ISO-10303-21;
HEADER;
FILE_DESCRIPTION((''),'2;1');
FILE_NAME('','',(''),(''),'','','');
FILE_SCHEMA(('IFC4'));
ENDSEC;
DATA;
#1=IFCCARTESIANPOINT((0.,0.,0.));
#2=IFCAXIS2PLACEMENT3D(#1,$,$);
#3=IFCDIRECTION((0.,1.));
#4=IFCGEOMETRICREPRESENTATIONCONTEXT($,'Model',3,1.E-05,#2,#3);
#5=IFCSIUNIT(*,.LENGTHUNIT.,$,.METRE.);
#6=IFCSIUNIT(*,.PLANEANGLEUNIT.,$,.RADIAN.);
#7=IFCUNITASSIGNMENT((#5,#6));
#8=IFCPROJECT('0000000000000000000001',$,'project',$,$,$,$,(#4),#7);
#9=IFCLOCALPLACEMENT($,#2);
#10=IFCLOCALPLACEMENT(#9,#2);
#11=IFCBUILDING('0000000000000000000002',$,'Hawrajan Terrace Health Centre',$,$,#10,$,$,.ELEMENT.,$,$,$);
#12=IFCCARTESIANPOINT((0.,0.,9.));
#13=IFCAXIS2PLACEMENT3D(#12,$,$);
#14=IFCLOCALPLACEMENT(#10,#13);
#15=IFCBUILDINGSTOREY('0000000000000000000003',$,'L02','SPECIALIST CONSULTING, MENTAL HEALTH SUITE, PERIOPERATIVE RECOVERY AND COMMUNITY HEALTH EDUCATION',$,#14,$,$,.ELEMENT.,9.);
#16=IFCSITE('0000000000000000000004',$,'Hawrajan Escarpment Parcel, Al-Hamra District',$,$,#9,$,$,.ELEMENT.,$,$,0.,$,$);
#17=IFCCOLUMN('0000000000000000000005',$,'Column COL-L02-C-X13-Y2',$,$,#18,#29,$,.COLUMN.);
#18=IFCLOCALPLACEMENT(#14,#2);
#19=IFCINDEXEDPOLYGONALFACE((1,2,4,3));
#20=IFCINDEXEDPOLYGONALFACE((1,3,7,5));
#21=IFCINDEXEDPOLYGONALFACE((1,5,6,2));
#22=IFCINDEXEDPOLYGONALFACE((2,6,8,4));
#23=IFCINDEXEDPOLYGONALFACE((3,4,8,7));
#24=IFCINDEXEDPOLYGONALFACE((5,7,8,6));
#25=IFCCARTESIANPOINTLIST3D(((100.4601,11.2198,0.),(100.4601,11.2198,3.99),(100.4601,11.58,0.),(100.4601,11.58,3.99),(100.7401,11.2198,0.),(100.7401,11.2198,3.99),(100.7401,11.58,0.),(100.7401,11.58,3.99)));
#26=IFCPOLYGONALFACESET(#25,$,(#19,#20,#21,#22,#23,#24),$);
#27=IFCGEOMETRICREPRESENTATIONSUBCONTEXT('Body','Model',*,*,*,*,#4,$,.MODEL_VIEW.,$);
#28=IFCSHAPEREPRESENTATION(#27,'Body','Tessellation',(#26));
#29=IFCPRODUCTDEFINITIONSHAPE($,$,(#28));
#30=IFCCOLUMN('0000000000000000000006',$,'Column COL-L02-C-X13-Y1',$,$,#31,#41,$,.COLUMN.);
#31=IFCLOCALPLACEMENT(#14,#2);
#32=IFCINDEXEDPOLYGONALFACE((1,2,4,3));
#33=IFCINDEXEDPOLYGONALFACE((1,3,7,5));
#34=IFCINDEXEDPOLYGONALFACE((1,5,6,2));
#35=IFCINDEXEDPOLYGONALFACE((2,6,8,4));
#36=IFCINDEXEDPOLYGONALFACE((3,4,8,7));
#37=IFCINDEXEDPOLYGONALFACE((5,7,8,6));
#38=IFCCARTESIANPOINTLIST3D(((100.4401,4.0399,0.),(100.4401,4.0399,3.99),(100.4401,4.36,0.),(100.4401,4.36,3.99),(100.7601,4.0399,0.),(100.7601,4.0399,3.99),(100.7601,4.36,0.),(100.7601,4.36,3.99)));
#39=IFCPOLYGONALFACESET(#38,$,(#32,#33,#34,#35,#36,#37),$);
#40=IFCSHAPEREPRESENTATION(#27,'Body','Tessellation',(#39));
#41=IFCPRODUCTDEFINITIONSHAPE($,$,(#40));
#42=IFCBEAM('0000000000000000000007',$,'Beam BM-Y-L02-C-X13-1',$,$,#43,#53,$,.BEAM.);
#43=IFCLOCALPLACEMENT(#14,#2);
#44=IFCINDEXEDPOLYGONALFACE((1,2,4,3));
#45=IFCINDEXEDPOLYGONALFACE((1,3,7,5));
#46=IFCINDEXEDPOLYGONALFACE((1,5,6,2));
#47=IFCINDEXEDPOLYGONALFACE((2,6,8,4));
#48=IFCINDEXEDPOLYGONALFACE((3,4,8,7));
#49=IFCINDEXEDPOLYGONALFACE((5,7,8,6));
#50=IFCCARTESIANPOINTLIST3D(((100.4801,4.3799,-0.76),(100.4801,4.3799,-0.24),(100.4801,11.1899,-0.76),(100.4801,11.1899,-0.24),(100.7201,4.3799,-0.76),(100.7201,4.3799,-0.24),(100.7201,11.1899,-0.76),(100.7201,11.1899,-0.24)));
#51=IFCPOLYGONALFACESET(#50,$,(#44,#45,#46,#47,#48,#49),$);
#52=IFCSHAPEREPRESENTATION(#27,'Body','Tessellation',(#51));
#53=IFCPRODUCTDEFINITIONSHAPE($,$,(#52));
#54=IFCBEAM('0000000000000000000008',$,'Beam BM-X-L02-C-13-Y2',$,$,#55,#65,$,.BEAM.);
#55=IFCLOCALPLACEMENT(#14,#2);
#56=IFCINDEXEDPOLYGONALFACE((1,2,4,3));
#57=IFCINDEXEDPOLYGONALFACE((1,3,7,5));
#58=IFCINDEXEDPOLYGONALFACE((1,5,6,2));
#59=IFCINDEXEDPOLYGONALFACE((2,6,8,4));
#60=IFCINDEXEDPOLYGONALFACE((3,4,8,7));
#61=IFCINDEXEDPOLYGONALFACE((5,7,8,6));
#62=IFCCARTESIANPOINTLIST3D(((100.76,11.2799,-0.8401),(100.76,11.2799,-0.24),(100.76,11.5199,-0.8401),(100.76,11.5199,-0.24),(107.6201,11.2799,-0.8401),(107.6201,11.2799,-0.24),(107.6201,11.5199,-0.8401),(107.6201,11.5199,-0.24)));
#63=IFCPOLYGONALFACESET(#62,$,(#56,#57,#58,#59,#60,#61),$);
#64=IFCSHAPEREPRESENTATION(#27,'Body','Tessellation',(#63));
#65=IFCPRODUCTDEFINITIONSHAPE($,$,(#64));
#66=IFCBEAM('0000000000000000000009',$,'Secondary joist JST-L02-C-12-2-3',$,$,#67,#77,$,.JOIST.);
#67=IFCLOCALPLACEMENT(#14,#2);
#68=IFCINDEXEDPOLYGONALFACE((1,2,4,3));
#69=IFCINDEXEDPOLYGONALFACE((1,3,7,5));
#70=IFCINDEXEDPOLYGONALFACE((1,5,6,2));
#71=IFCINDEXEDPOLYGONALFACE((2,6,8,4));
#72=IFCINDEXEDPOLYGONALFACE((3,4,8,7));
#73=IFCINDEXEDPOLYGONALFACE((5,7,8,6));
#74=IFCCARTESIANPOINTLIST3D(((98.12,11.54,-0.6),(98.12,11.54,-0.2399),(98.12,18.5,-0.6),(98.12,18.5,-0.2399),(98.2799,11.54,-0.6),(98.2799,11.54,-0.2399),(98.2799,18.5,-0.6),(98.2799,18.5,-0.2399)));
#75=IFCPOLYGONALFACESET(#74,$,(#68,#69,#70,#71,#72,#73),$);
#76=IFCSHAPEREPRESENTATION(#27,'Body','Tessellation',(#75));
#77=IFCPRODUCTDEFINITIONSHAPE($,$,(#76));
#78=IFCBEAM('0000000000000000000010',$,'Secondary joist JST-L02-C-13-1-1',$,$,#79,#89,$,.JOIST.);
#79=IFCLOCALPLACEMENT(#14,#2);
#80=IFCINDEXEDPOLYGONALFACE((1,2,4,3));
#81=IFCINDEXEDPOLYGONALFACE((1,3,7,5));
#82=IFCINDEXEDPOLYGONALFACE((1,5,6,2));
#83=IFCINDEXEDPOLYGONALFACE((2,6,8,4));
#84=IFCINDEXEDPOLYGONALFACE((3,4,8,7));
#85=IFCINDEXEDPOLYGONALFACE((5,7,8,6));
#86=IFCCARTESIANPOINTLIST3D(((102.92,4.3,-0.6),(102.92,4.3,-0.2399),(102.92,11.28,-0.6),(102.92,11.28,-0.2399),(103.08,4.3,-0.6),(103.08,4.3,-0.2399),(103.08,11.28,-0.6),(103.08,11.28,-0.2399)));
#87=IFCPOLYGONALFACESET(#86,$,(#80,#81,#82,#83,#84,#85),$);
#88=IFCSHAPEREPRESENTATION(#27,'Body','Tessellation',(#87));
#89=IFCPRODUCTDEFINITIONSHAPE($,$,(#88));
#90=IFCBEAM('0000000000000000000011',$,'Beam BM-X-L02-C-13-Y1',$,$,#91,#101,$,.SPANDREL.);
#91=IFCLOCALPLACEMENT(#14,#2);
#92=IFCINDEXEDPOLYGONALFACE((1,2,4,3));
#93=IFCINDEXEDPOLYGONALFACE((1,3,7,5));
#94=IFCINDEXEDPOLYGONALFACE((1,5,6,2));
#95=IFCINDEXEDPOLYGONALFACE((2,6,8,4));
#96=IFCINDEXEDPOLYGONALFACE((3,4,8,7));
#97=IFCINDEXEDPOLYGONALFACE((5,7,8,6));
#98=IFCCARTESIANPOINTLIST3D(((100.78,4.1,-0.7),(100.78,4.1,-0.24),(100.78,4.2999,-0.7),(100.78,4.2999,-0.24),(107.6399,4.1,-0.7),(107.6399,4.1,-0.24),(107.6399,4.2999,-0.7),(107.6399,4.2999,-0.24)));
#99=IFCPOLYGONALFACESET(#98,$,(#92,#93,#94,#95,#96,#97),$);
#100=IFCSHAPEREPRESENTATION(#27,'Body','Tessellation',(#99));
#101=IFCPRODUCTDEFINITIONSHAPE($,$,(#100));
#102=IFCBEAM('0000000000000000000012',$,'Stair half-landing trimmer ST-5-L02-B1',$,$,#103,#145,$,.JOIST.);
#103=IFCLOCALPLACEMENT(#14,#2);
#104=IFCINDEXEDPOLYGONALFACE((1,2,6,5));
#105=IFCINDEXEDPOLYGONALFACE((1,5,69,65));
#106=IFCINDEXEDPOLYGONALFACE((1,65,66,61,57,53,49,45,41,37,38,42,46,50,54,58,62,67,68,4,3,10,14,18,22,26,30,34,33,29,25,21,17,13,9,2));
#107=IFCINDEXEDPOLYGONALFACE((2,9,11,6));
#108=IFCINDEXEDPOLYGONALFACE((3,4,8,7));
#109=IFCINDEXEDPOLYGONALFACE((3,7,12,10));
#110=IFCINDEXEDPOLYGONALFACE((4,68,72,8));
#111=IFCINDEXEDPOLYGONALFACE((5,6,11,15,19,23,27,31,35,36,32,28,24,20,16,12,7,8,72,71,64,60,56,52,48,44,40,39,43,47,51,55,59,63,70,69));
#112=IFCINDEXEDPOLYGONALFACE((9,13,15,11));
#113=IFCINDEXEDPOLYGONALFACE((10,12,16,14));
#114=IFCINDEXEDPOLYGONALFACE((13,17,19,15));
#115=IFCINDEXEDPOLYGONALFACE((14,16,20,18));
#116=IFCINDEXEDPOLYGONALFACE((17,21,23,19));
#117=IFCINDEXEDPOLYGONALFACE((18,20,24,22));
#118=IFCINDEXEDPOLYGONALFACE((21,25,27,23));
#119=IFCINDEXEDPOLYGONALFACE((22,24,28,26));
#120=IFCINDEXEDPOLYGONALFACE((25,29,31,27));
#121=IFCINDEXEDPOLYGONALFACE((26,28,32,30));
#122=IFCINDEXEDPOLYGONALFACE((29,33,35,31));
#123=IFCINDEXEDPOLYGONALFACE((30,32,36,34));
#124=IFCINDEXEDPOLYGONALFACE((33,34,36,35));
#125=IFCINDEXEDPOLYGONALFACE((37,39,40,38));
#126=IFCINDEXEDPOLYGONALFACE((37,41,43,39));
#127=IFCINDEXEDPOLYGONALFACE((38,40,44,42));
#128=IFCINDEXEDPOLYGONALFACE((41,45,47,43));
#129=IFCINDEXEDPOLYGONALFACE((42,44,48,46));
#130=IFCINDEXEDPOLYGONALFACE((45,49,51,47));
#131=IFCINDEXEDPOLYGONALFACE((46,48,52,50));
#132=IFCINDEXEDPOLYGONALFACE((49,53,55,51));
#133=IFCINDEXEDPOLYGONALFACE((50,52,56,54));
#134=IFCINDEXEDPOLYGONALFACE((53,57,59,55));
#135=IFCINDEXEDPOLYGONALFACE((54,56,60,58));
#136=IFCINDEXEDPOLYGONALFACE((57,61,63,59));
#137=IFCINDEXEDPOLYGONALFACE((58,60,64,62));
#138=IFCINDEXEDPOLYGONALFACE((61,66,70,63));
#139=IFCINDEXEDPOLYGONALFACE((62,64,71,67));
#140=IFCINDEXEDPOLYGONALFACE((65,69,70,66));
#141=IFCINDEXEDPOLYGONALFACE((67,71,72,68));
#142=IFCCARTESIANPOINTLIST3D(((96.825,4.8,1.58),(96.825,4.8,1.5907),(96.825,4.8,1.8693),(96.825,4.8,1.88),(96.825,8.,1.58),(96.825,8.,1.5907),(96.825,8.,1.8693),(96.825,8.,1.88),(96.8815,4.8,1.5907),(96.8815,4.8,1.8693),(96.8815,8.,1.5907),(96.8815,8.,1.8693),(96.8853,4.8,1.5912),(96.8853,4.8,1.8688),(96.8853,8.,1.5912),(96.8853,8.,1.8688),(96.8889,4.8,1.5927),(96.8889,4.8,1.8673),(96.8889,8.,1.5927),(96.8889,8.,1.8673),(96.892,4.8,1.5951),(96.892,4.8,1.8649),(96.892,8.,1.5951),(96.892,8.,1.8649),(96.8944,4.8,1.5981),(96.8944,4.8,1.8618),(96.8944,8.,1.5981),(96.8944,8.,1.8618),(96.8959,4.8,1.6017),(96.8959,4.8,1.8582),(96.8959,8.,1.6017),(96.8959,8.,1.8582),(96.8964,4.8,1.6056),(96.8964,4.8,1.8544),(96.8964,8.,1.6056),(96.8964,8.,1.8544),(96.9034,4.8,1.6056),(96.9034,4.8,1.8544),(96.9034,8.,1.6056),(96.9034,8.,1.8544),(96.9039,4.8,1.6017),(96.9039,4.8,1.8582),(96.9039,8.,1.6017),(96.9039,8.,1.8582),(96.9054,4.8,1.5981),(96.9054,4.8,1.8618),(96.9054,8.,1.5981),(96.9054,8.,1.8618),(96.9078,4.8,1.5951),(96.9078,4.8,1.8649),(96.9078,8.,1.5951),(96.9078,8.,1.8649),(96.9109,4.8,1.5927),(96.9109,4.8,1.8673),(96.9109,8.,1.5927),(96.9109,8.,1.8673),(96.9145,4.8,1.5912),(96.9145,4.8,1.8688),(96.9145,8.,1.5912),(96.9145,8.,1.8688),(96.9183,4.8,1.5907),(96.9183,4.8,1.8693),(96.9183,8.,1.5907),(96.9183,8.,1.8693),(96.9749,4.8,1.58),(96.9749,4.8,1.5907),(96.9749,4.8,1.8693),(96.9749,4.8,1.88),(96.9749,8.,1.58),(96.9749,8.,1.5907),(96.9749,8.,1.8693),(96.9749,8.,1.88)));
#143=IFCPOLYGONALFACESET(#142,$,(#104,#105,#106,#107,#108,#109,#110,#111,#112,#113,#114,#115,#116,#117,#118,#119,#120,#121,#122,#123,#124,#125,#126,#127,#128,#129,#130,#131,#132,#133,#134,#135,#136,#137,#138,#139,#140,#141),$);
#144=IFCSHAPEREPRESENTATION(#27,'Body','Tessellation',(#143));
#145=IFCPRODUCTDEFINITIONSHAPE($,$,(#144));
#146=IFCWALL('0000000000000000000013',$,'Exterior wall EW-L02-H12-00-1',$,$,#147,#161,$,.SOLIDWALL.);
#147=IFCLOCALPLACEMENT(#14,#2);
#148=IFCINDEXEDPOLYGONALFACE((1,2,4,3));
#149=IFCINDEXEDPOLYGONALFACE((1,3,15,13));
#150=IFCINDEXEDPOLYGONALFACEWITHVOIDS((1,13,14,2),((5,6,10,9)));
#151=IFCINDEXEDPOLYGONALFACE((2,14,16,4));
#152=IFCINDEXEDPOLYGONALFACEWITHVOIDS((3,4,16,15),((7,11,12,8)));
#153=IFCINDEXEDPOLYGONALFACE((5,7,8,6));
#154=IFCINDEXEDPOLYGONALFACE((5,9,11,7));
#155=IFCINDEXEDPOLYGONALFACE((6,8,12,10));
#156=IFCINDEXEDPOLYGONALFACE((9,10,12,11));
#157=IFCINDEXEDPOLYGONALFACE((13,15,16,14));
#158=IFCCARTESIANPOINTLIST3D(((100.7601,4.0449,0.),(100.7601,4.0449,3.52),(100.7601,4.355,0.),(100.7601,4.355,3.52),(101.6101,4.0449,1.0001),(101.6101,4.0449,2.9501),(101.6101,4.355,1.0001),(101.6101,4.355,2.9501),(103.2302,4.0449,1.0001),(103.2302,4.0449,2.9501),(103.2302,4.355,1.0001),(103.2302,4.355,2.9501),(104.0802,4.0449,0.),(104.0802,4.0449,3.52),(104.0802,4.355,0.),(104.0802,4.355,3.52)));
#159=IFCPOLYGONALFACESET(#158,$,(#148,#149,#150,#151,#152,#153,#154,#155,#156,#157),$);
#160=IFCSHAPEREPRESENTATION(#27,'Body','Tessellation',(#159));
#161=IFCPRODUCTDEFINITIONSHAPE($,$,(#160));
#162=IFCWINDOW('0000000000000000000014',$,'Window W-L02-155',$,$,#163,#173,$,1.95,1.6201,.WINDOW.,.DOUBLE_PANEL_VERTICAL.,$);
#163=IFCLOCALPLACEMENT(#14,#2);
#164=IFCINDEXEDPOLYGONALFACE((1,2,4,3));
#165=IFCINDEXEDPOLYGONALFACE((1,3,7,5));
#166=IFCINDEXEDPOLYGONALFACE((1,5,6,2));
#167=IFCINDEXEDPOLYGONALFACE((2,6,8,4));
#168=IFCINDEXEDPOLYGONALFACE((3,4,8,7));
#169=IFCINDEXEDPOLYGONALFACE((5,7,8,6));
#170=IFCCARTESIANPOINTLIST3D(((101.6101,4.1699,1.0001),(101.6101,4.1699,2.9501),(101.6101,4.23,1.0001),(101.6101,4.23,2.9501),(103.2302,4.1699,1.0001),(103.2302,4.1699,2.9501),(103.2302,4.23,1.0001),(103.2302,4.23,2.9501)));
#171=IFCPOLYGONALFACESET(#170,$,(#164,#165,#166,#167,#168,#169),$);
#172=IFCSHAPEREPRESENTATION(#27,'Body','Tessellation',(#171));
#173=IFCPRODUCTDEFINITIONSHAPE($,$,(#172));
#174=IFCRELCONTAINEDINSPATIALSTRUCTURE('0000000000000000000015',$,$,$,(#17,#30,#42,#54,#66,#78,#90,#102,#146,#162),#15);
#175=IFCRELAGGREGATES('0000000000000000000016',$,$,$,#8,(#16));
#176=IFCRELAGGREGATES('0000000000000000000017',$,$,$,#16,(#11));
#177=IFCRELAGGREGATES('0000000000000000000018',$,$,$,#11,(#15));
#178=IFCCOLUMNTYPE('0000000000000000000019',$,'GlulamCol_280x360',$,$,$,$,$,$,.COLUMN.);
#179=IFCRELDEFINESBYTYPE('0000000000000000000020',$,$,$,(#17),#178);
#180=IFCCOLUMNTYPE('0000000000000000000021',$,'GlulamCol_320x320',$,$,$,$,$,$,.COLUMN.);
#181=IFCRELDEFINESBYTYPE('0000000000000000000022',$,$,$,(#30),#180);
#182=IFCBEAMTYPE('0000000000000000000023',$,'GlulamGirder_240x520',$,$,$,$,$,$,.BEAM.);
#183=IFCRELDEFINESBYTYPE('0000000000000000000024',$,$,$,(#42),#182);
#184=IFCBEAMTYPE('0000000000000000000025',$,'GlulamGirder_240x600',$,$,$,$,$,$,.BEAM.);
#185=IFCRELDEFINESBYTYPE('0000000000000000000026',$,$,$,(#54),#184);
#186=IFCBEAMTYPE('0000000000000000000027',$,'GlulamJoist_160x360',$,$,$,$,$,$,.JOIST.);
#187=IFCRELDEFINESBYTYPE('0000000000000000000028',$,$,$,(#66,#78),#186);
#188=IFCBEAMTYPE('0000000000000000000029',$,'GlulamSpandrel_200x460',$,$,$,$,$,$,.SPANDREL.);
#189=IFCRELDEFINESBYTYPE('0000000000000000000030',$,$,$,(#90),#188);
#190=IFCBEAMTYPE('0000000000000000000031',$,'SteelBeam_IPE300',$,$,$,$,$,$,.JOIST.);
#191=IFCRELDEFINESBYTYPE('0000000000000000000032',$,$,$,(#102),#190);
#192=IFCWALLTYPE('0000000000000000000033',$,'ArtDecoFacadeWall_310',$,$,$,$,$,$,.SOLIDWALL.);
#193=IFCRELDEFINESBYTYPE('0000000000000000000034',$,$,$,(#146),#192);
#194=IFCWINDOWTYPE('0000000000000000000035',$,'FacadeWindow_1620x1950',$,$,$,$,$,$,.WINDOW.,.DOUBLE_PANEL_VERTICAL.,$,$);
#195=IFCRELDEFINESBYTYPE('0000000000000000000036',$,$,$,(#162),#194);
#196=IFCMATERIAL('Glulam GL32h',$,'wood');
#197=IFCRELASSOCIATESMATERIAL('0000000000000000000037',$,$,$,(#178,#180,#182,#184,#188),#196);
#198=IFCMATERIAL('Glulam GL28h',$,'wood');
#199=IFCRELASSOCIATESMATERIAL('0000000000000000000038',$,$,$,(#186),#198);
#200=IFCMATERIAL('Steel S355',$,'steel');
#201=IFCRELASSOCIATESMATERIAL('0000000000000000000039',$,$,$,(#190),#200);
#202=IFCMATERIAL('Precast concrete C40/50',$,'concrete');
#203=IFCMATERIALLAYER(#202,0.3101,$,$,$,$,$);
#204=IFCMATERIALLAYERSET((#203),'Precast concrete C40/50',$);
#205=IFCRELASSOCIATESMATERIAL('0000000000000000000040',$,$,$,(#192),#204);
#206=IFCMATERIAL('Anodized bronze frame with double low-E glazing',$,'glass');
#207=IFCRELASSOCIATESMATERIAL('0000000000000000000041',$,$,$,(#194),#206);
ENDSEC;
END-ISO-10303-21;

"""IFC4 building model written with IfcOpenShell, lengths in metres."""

from ifc_helpers import new_model, si_unit, direction, frame, frame_2d, origin, origin_2d, place, context, subcontext, project, spatial, rectangle, i_section, extrude, material, layer, layer_set, material_profile, profile_set, type_object, element, fill, save


model = new_model("IFC4")

# Units and contexts
model_context = context("Model", 3, precision=1e-05, world=origin(), true_north=direction((0.0, 1.0)))
body_context = subcontext(model_context, "Body", "Model", "MODEL_VIEW")
ifc_project = project(units=[si_unit("LENGTHUNIT", "METRE"), si_unit("PLANEANGLEUNIT", "RADIAN")], contexts=[model_context])

# Site, building, storey
site_placement = place(None, origin())
site = spatial("IfcSite", under=ifc_project, at=site_placement, Name="Hawrajan Escarpment Parcel, Al-Hamra District", CompositionType="ELEMENT", RefElevation=0.0)
building_placement = place(site_placement, origin())
building = spatial("IfcBuilding", under=site, at=building_placement, Name="Hawrajan Terrace Health Centre", CompositionType="ELEMENT")
storey_placement = place(building_placement, frame((0.0, 0.0, 9.0)))
storey = spatial("IfcBuildingStorey", under=building, at=storey_placement, Name="L02", Description="SPECIALIST CONSULTING, MENTAL HEALTH SUITE, PERIOPERATIVE RECOVERY AND COMMUNITY HEALTH EDUCATION", CompositionType="ELEMENT", Elevation=9.0)

# Columns
ifc_material_1 = material(Name="Glulam GL32h", Category="wood")
ifc_material_profile_1 = material_profile(ifc_material_1, rectangle(XDim=0.28, YDim=0.3601, at=origin_2d()), Name="GL 280x360")
ifc_profile_set_1 = profile_set([ifc_material_profile_1], Name="Glulam GL32h")
column_type_1 = type_object("IfcColumnType", Name="GlulamCol_280x360", PredefinedType="COLUMN", material=ifc_profile_set_1)
column_1_placement = place(storey_placement, frame((100.6001, 11.3999, 0.0), z_axis=(0.0, 0.0, 1.0), x_axis=(1.0, 0.0, 0.0)))
element("IfcColumn", 1, at=column_1_placement, inside=storey, type_object=column_type_1, Name="Column COL-L02-C-X13-Y2", PredefinedType="COLUMN", context=body_context, shape_type="SweptSolid", body=[
    extrude(rectangle(XDim=0.28, YDim=0.3601, at=origin_2d()), origin(), (0.0, 0.0, 1.0), 3.99),
])
ifc_material_profile_2 = material_profile(ifc_material_1, rectangle(XDim=0.3201, YDim=0.3201, at=origin_2d()), Name="GL 320x320")
ifc_profile_set_2 = profile_set([ifc_material_profile_2], Name="Glulam GL32h")
column_type_2 = type_object("IfcColumnType", Name="GlulamCol_320x320", PredefinedType="COLUMN", material=ifc_profile_set_2)
column_2_placement = place(storey_placement, frame((100.6001, 4.2, 0.0), z_axis=(0.0, 0.0, 1.0), x_axis=(1.0, 0.0, 0.0)))
element("IfcColumn", 2, at=column_2_placement, inside=storey, type_object=column_type_2, Name="Column COL-L02-C-X13-Y1", PredefinedType="COLUMN", context=body_context, shape_type="SweptSolid", body=[
    extrude(rectangle(XDim=0.3201, YDim=0.3201, at=origin_2d()), origin(), (0.0, 0.0, 1.0), 3.99),
])

# Beams
ifc_material_profile_3 = material_profile(ifc_material_1, rectangle(XDim=0.24, YDim=0.52, at=origin_2d()), Name="GL BM 240x520")
ifc_profile_set_3 = profile_set([ifc_material_profile_3], Name="Glulam GL32h")
beam_type_1 = type_object("IfcBeamType", Name="GlulamGirder_240x520", PredefinedType="BEAM", material=ifc_profile_set_3)
beam_1_placement = place(storey_placement, frame((100.6001, 4.3799, -0.5), z_axis=(0.0, 1.0, 0.0), x_axis=(-1.0, 0.0, 0.0)))
element("IfcBeam", 3, at=beam_1_placement, inside=storey, type_object=beam_type_1, Name="Beam BM-Y-L02-C-X13-1", PredefinedType="BEAM", context=body_context, shape_type="SweptSolid", body=[
    extrude(rectangle(XDim=0.24, YDim=0.52, at=origin_2d()), origin(), (0.0, 0.0, 1.0), 6.8101),
])
ifc_material_profile_4 = material_profile(ifc_material_1, rectangle(XDim=0.24, YDim=0.6001, at=origin_2d()), Name="GL BM 240x600")
ifc_profile_set_4 = profile_set([ifc_material_profile_4], Name="Glulam GL32h")
beam_type_2 = type_object("IfcBeamType", Name="GlulamGirder_240x600", PredefinedType="BEAM", material=ifc_profile_set_4)
beam_2_placement = place(storey_placement, frame((100.76, 11.3999, -0.54), z_axis=(1.0, 0.0, 0.0), x_axis=(0.0, 1.0, 0.0)))
element("IfcBeam", 4, at=beam_2_placement, inside=storey, type_object=beam_type_2, Name="Beam BM-X-L02-C-13-Y2", PredefinedType="BEAM", context=body_context, shape_type="SweptSolid", body=[
    extrude(rectangle(XDim=0.24, YDim=0.6001, at=origin_2d()), origin(), (0.0, 0.0, 1.0), 6.8601),
])
ifc_material_2 = material(Name="Glulam GL28h", Category="wood")
ifc_material_profile_5 = material_profile(ifc_material_2, rectangle(XDim=0.1599, YDim=0.3601, at=origin_2d()), Name="GL JST 160x360")
ifc_profile_set_5 = profile_set([ifc_material_profile_5], Name="Glulam GL28h")
beam_type_3 = type_object("IfcBeamType", Name="GlulamJoist_160x360", PredefinedType="JOIST", material=ifc_profile_set_5)
beam_3_placement = place(storey_placement, frame((98.2, 11.54, -0.4199), z_axis=(0.0, 1.0, 0.0), x_axis=(-1.0, 0.0, 0.0)))
element("IfcBeam", 5, at=beam_3_placement, inside=storey, type_object=beam_type_3, Name="Secondary joist JST-L02-C-12-2-3", PredefinedType="JOIST", context=body_context, shape_type="SweptSolid", body=[
    extrude(rectangle(XDim=0.1599, YDim=0.3601, at=origin_2d()), origin(), (0.0, 0.0, 1.0), 6.96),
])
beam_4_placement = place(storey_placement, frame((103.0, 4.3, -0.4199), z_axis=(0.0, 1.0, 0.0), x_axis=(-1.0, 0.0, 0.0)))
element("IfcBeam", 6, at=beam_4_placement, inside=storey, type_object=beam_type_3, Name="Secondary joist JST-L02-C-13-1-1", PredefinedType="JOIST", context=body_context, shape_type="SweptSolid", body=[
    extrude(rectangle(XDim=0.1599, YDim=0.3601, at=origin_2d()), origin(), (0.0, 0.0, 1.0), 6.98),
])
ifc_material_profile_6 = material_profile(ifc_material_1, rectangle(XDim=0.2, YDim=0.46, at=origin_2d()), Name="GL SP 200x460")
ifc_profile_set_6 = profile_set([ifc_material_profile_6], Name="Glulam GL32h")
beam_type_4 = type_object("IfcBeamType", Name="GlulamSpandrel_200x460", PredefinedType="SPANDREL", material=ifc_profile_set_6)
beam_5_placement = place(storey_placement, frame((100.78, 4.2, -0.47), z_axis=(1.0, 0.0, 0.0), x_axis=(0.0, 1.0, 0.0)))
element("IfcBeam", 7, at=beam_5_placement, inside=storey, type_object=beam_type_4, Name="Beam BM-X-L02-C-13-Y1", PredefinedType="SPANDREL", context=body_context, shape_type="SweptSolid", body=[
    extrude(rectangle(XDim=0.2, YDim=0.46, at=origin_2d()), origin(), (0.0, 0.0, 1.0), 6.8599),
])
ifc_material_3 = material(Name="Steel S355", Category="steel")
ifc_material_profile_7 = material_profile(ifc_material_3, i_section(OverallWidth=0.1499, OverallDepth=0.3, WebThickness=0.0071, FlangeThickness=0.0107, FilletRadius=0.0149, at=origin_2d()), Name="IPE 300")
ifc_profile_set_7 = profile_set([ifc_material_profile_7], Name="Steel S355")
beam_type_5 = type_object("IfcBeamType", Name="SteelBeam_IPE300", PredefinedType="JOIST", material=ifc_profile_set_7)
beam_6_placement = place(storey_placement, frame((96.8999, 4.8, 1.73), z_axis=(0.0, 1.0, 0.0), x_axis=(-1.0, 0.0, 0.0)))
element("IfcBeam", 8, at=beam_6_placement, inside=storey, type_object=beam_type_5, Name="Stair half-landing trimmer ST-5-L02-B1", PredefinedType="JOIST", context=body_context, shape_type="SweptSolid", body=[
    extrude(i_section(OverallWidth=0.1499, OverallDepth=0.3, WebThickness=0.0071, FlangeThickness=0.0107, FilletRadius=0.0149, at=origin_2d()), origin(), (0.0, 0.0, 1.0), 3.2),
])

# Wall, opening, window
ifc_material_4 = material(Name="Precast concrete C40/50", Category="concrete")
ifc_layer_1 = layer(ifc_material_4, 0.3101)
ifc_layer_set_1 = layer_set([ifc_layer_1], Name="Precast concrete C40/50")
wall_type_1 = type_object("IfcWallType", Name="ArtDecoFacadeWall_310", PredefinedType="SOLIDWALL", material=ifc_layer_set_1)
wall_1_placement = place(storey_placement, frame((100.76, 4.2, 0.0), z_axis=(0.0, 0.0, 1.0), x_axis=(1.0, 0.0, 0.0)))
wall_1 = element("IfcWall", 9, at=wall_1_placement, inside=storey, type_object=wall_type_1, Name="Exterior wall EW-L02-H12-00-1", PredefinedType="SOLIDWALL", context=body_context, shape_type="SweptSolid", body=[
    extrude(rectangle(XDim=3.3201, YDim=0.3101, at=frame_2d((1.6602, 0.0))), origin(), (0.0, 0.0, 1.0), 3.52),
])
opening_1_placement = place(wall_1_placement, frame((0.8501, 0.0, 1.0)))
opening_1 = element("IfcOpeningElement", 10, at=opening_1_placement, cuts=wall_1, PredefinedType="OPENING", context=body_context, shape_type="SweptSolid", body=[
    extrude(rectangle(XDim=1.6201, YDim=1.95, at=frame_2d((0.8101, 0.9751))), frame((0.0, 0.165, 0.0), z_axis=(0.0, -1.0, 0.0), x_axis=(1.0, 0.0, 0.0)), (0.0, 0.0, 1.0), 0.3301),
])
ifc_material_5 = material(Name="Anodized bronze frame with double low-E glazing", Category="glass")
window_type = type_object("IfcWindowType", Name="FacadeWindow_1620x1950", PartitioningType="DOUBLE_PANEL_VERTICAL", PredefinedType="WINDOW", material=ifc_material_5)
window_placement = place(opening_1_placement, origin())
window = element("IfcWindow", 11, at=window_placement, inside=storey, type_object=window_type, Name="Window W-L02-155", OverallHeight=1.95, OverallWidth=1.6201, PartitioningType="DOUBLE_PANEL_VERTICAL", PredefinedType="WINDOW", context=body_context, shape_type="SweptSolid", body=[
    extrude(rectangle(XDim=1.6201, YDim=1.95, at=frame_2d((0.8101, 0.9751))), frame((0.0, 0.03, 0.0), z_axis=(0.0, -1.0, 0.0), x_axis=(1.0, 0.0, 0.0)), (0.0, 0.0, 1.0), 0.0601),
])
fill(opening_1, window)

save(model, "model.ifc")
